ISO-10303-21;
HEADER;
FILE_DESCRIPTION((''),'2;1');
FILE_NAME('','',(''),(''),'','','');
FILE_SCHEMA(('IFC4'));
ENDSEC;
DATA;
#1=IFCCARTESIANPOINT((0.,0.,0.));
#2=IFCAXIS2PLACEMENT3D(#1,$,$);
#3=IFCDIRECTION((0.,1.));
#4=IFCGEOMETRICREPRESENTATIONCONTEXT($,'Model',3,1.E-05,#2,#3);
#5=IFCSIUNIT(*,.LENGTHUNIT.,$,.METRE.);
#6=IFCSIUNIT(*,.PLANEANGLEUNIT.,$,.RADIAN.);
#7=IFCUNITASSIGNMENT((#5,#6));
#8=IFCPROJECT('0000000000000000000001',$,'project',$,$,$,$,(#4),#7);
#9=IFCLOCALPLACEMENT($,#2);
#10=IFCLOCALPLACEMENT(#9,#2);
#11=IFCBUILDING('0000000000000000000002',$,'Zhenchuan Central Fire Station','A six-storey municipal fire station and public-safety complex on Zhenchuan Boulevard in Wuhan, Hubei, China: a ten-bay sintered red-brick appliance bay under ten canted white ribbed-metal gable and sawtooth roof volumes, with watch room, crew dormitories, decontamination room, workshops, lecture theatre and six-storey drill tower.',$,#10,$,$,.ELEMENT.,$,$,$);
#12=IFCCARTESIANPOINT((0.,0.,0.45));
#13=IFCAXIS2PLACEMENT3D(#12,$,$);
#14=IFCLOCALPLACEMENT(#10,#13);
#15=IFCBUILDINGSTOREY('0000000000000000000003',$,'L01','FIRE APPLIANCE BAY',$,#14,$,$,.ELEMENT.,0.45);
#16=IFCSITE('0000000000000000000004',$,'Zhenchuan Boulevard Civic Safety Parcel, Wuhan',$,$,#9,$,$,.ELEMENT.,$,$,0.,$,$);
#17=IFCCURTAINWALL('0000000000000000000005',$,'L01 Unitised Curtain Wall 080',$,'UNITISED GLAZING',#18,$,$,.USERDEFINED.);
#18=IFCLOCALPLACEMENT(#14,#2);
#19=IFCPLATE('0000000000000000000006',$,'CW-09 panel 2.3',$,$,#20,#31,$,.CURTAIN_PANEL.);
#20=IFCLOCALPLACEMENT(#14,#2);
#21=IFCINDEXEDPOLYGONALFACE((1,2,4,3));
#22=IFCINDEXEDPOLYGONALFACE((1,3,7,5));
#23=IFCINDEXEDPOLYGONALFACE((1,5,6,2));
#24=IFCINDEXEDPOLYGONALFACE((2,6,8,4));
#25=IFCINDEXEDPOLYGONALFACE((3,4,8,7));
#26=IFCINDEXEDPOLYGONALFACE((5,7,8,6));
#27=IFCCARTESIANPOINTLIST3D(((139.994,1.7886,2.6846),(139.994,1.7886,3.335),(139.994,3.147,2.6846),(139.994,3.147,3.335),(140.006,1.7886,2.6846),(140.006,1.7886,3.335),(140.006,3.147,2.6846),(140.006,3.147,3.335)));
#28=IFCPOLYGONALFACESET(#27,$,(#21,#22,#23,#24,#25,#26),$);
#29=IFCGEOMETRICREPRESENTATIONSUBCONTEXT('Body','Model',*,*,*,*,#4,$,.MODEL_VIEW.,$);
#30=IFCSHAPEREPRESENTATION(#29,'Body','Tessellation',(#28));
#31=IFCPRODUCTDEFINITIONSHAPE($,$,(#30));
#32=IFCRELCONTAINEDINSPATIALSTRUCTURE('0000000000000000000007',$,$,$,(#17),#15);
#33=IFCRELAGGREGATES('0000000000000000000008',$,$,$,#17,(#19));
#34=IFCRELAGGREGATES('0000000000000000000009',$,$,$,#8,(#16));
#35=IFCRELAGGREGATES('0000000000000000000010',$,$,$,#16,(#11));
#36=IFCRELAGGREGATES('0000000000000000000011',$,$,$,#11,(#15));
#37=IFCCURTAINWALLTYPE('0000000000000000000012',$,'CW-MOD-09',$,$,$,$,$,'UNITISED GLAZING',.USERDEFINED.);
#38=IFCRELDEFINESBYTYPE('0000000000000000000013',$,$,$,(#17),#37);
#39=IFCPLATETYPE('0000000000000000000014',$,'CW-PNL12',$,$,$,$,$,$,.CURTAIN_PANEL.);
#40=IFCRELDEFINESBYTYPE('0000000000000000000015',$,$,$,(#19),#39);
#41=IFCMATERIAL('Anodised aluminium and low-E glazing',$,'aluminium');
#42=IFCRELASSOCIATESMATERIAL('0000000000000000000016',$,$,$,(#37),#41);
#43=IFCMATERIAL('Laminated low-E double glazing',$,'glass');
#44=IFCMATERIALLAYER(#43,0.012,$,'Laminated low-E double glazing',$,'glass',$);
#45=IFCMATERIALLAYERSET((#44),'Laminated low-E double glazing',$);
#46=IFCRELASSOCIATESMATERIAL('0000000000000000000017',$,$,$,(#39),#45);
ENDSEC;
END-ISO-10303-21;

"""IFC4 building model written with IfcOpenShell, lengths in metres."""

from ifc_helpers import new_model, si_unit, direction, frame, origin, origin_2d, place, context, subcontext, project, spatial, rectangle, extrude, material, layer, layer_set, type_object, element, aggregate, save


model = new_model("IFC4")

# Units and contexts
model_context = context("Model", 3, precision=1e-05, world=origin(), true_north=direction((0.0, 1.0)))
body_context = subcontext(model_context, "Body", "Model", "MODEL_VIEW")
ifc_project = project(units=[si_unit("LENGTHUNIT", "METRE"), si_unit("PLANEANGLEUNIT", "RADIAN")], contexts=[model_context])

# Site, building, storey
site_placement = place(None, origin())
site = spatial("IfcSite", under=ifc_project, at=site_placement, Name="Zhenchuan Boulevard Civic Safety Parcel, Wuhan", CompositionType="ELEMENT", RefElevation=0.0)
building_placement = place(site_placement, origin())
building = spatial("IfcBuilding", under=site, at=building_placement, Name="Zhenchuan Central Fire Station", Description="A six-storey municipal fire station and public-safety complex on Zhenchuan Boulevard in Wuhan, Hubei, China: a ten-bay sintered red-brick appliance bay under ten canted white ribbed-metal gable and sawtooth roof volumes, with watch room, crew dormitories, decontamination room, workshops, lecture theatre and six-storey drill tower.", CompositionType="ELEMENT")
storey_placement = place(building_placement, frame((0.0, 0.0, 0.45)))
storey = spatial("IfcBuildingStorey", under=building, at=storey_placement, Name="L01", Description="FIRE APPLIANCE BAY", CompositionType="ELEMENT", Elevation=0.45)

# Curtain wall
ifc_material_1 = material(Name="Anodised aluminium and low-E glazing", Category="aluminium")
curtain_wall_type_1 = type_object("IfcCurtainWallType", Name="CW-MOD-09", ElementType="UNITISED GLAZING", PredefinedType="USERDEFINED", material=ifc_material_1)
curtain_wall_1_placement = place(storey_placement, origin())
curtain_wall_1 = element("IfcCurtainWall", 1, at=curtain_wall_1_placement, inside=storey, type_object=curtain_wall_type_1, Name="L01 Unitised Curtain Wall 080", ObjectType="UNITISED GLAZING", PredefinedType="USERDEFINED")

# Plate
ifc_material_2 = material(Name="Laminated low-E double glazing", Category="glass")
ifc_layer = layer(ifc_material_2, 0.012, Name="Laminated low-E double glazing", Category="glass")
ifc_layer_set = layer_set([ifc_layer], Name="Laminated low-E double glazing")
plate_type = type_object("IfcPlateType", Name="CW-PNL12", PredefinedType="CURTAIN_PANEL", material=ifc_layer_set)
plate_1_placement = place(storey_placement, frame((140.0, 2.4678, 2.6846), z_axis=(0.0, 0.0, 1.0), x_axis=(0.0, 1.0, 0.0)))
plate_1 = element("IfcPlate", 2, at=plate_1_placement, type_object=plate_type, Name="CW-09 panel 2.3", PredefinedType="CURTAIN_PANEL", context=body_context, shape_type="SweptSolid", body=[
    extrude(rectangle(XDim=1.3584, YDim=0.012, at=origin_2d()), origin(), (0.0, 0.0, 1.0), 0.6504),
])
aggregate(curtain_wall_1, [plate_1])

save(model, "model.ifc")
